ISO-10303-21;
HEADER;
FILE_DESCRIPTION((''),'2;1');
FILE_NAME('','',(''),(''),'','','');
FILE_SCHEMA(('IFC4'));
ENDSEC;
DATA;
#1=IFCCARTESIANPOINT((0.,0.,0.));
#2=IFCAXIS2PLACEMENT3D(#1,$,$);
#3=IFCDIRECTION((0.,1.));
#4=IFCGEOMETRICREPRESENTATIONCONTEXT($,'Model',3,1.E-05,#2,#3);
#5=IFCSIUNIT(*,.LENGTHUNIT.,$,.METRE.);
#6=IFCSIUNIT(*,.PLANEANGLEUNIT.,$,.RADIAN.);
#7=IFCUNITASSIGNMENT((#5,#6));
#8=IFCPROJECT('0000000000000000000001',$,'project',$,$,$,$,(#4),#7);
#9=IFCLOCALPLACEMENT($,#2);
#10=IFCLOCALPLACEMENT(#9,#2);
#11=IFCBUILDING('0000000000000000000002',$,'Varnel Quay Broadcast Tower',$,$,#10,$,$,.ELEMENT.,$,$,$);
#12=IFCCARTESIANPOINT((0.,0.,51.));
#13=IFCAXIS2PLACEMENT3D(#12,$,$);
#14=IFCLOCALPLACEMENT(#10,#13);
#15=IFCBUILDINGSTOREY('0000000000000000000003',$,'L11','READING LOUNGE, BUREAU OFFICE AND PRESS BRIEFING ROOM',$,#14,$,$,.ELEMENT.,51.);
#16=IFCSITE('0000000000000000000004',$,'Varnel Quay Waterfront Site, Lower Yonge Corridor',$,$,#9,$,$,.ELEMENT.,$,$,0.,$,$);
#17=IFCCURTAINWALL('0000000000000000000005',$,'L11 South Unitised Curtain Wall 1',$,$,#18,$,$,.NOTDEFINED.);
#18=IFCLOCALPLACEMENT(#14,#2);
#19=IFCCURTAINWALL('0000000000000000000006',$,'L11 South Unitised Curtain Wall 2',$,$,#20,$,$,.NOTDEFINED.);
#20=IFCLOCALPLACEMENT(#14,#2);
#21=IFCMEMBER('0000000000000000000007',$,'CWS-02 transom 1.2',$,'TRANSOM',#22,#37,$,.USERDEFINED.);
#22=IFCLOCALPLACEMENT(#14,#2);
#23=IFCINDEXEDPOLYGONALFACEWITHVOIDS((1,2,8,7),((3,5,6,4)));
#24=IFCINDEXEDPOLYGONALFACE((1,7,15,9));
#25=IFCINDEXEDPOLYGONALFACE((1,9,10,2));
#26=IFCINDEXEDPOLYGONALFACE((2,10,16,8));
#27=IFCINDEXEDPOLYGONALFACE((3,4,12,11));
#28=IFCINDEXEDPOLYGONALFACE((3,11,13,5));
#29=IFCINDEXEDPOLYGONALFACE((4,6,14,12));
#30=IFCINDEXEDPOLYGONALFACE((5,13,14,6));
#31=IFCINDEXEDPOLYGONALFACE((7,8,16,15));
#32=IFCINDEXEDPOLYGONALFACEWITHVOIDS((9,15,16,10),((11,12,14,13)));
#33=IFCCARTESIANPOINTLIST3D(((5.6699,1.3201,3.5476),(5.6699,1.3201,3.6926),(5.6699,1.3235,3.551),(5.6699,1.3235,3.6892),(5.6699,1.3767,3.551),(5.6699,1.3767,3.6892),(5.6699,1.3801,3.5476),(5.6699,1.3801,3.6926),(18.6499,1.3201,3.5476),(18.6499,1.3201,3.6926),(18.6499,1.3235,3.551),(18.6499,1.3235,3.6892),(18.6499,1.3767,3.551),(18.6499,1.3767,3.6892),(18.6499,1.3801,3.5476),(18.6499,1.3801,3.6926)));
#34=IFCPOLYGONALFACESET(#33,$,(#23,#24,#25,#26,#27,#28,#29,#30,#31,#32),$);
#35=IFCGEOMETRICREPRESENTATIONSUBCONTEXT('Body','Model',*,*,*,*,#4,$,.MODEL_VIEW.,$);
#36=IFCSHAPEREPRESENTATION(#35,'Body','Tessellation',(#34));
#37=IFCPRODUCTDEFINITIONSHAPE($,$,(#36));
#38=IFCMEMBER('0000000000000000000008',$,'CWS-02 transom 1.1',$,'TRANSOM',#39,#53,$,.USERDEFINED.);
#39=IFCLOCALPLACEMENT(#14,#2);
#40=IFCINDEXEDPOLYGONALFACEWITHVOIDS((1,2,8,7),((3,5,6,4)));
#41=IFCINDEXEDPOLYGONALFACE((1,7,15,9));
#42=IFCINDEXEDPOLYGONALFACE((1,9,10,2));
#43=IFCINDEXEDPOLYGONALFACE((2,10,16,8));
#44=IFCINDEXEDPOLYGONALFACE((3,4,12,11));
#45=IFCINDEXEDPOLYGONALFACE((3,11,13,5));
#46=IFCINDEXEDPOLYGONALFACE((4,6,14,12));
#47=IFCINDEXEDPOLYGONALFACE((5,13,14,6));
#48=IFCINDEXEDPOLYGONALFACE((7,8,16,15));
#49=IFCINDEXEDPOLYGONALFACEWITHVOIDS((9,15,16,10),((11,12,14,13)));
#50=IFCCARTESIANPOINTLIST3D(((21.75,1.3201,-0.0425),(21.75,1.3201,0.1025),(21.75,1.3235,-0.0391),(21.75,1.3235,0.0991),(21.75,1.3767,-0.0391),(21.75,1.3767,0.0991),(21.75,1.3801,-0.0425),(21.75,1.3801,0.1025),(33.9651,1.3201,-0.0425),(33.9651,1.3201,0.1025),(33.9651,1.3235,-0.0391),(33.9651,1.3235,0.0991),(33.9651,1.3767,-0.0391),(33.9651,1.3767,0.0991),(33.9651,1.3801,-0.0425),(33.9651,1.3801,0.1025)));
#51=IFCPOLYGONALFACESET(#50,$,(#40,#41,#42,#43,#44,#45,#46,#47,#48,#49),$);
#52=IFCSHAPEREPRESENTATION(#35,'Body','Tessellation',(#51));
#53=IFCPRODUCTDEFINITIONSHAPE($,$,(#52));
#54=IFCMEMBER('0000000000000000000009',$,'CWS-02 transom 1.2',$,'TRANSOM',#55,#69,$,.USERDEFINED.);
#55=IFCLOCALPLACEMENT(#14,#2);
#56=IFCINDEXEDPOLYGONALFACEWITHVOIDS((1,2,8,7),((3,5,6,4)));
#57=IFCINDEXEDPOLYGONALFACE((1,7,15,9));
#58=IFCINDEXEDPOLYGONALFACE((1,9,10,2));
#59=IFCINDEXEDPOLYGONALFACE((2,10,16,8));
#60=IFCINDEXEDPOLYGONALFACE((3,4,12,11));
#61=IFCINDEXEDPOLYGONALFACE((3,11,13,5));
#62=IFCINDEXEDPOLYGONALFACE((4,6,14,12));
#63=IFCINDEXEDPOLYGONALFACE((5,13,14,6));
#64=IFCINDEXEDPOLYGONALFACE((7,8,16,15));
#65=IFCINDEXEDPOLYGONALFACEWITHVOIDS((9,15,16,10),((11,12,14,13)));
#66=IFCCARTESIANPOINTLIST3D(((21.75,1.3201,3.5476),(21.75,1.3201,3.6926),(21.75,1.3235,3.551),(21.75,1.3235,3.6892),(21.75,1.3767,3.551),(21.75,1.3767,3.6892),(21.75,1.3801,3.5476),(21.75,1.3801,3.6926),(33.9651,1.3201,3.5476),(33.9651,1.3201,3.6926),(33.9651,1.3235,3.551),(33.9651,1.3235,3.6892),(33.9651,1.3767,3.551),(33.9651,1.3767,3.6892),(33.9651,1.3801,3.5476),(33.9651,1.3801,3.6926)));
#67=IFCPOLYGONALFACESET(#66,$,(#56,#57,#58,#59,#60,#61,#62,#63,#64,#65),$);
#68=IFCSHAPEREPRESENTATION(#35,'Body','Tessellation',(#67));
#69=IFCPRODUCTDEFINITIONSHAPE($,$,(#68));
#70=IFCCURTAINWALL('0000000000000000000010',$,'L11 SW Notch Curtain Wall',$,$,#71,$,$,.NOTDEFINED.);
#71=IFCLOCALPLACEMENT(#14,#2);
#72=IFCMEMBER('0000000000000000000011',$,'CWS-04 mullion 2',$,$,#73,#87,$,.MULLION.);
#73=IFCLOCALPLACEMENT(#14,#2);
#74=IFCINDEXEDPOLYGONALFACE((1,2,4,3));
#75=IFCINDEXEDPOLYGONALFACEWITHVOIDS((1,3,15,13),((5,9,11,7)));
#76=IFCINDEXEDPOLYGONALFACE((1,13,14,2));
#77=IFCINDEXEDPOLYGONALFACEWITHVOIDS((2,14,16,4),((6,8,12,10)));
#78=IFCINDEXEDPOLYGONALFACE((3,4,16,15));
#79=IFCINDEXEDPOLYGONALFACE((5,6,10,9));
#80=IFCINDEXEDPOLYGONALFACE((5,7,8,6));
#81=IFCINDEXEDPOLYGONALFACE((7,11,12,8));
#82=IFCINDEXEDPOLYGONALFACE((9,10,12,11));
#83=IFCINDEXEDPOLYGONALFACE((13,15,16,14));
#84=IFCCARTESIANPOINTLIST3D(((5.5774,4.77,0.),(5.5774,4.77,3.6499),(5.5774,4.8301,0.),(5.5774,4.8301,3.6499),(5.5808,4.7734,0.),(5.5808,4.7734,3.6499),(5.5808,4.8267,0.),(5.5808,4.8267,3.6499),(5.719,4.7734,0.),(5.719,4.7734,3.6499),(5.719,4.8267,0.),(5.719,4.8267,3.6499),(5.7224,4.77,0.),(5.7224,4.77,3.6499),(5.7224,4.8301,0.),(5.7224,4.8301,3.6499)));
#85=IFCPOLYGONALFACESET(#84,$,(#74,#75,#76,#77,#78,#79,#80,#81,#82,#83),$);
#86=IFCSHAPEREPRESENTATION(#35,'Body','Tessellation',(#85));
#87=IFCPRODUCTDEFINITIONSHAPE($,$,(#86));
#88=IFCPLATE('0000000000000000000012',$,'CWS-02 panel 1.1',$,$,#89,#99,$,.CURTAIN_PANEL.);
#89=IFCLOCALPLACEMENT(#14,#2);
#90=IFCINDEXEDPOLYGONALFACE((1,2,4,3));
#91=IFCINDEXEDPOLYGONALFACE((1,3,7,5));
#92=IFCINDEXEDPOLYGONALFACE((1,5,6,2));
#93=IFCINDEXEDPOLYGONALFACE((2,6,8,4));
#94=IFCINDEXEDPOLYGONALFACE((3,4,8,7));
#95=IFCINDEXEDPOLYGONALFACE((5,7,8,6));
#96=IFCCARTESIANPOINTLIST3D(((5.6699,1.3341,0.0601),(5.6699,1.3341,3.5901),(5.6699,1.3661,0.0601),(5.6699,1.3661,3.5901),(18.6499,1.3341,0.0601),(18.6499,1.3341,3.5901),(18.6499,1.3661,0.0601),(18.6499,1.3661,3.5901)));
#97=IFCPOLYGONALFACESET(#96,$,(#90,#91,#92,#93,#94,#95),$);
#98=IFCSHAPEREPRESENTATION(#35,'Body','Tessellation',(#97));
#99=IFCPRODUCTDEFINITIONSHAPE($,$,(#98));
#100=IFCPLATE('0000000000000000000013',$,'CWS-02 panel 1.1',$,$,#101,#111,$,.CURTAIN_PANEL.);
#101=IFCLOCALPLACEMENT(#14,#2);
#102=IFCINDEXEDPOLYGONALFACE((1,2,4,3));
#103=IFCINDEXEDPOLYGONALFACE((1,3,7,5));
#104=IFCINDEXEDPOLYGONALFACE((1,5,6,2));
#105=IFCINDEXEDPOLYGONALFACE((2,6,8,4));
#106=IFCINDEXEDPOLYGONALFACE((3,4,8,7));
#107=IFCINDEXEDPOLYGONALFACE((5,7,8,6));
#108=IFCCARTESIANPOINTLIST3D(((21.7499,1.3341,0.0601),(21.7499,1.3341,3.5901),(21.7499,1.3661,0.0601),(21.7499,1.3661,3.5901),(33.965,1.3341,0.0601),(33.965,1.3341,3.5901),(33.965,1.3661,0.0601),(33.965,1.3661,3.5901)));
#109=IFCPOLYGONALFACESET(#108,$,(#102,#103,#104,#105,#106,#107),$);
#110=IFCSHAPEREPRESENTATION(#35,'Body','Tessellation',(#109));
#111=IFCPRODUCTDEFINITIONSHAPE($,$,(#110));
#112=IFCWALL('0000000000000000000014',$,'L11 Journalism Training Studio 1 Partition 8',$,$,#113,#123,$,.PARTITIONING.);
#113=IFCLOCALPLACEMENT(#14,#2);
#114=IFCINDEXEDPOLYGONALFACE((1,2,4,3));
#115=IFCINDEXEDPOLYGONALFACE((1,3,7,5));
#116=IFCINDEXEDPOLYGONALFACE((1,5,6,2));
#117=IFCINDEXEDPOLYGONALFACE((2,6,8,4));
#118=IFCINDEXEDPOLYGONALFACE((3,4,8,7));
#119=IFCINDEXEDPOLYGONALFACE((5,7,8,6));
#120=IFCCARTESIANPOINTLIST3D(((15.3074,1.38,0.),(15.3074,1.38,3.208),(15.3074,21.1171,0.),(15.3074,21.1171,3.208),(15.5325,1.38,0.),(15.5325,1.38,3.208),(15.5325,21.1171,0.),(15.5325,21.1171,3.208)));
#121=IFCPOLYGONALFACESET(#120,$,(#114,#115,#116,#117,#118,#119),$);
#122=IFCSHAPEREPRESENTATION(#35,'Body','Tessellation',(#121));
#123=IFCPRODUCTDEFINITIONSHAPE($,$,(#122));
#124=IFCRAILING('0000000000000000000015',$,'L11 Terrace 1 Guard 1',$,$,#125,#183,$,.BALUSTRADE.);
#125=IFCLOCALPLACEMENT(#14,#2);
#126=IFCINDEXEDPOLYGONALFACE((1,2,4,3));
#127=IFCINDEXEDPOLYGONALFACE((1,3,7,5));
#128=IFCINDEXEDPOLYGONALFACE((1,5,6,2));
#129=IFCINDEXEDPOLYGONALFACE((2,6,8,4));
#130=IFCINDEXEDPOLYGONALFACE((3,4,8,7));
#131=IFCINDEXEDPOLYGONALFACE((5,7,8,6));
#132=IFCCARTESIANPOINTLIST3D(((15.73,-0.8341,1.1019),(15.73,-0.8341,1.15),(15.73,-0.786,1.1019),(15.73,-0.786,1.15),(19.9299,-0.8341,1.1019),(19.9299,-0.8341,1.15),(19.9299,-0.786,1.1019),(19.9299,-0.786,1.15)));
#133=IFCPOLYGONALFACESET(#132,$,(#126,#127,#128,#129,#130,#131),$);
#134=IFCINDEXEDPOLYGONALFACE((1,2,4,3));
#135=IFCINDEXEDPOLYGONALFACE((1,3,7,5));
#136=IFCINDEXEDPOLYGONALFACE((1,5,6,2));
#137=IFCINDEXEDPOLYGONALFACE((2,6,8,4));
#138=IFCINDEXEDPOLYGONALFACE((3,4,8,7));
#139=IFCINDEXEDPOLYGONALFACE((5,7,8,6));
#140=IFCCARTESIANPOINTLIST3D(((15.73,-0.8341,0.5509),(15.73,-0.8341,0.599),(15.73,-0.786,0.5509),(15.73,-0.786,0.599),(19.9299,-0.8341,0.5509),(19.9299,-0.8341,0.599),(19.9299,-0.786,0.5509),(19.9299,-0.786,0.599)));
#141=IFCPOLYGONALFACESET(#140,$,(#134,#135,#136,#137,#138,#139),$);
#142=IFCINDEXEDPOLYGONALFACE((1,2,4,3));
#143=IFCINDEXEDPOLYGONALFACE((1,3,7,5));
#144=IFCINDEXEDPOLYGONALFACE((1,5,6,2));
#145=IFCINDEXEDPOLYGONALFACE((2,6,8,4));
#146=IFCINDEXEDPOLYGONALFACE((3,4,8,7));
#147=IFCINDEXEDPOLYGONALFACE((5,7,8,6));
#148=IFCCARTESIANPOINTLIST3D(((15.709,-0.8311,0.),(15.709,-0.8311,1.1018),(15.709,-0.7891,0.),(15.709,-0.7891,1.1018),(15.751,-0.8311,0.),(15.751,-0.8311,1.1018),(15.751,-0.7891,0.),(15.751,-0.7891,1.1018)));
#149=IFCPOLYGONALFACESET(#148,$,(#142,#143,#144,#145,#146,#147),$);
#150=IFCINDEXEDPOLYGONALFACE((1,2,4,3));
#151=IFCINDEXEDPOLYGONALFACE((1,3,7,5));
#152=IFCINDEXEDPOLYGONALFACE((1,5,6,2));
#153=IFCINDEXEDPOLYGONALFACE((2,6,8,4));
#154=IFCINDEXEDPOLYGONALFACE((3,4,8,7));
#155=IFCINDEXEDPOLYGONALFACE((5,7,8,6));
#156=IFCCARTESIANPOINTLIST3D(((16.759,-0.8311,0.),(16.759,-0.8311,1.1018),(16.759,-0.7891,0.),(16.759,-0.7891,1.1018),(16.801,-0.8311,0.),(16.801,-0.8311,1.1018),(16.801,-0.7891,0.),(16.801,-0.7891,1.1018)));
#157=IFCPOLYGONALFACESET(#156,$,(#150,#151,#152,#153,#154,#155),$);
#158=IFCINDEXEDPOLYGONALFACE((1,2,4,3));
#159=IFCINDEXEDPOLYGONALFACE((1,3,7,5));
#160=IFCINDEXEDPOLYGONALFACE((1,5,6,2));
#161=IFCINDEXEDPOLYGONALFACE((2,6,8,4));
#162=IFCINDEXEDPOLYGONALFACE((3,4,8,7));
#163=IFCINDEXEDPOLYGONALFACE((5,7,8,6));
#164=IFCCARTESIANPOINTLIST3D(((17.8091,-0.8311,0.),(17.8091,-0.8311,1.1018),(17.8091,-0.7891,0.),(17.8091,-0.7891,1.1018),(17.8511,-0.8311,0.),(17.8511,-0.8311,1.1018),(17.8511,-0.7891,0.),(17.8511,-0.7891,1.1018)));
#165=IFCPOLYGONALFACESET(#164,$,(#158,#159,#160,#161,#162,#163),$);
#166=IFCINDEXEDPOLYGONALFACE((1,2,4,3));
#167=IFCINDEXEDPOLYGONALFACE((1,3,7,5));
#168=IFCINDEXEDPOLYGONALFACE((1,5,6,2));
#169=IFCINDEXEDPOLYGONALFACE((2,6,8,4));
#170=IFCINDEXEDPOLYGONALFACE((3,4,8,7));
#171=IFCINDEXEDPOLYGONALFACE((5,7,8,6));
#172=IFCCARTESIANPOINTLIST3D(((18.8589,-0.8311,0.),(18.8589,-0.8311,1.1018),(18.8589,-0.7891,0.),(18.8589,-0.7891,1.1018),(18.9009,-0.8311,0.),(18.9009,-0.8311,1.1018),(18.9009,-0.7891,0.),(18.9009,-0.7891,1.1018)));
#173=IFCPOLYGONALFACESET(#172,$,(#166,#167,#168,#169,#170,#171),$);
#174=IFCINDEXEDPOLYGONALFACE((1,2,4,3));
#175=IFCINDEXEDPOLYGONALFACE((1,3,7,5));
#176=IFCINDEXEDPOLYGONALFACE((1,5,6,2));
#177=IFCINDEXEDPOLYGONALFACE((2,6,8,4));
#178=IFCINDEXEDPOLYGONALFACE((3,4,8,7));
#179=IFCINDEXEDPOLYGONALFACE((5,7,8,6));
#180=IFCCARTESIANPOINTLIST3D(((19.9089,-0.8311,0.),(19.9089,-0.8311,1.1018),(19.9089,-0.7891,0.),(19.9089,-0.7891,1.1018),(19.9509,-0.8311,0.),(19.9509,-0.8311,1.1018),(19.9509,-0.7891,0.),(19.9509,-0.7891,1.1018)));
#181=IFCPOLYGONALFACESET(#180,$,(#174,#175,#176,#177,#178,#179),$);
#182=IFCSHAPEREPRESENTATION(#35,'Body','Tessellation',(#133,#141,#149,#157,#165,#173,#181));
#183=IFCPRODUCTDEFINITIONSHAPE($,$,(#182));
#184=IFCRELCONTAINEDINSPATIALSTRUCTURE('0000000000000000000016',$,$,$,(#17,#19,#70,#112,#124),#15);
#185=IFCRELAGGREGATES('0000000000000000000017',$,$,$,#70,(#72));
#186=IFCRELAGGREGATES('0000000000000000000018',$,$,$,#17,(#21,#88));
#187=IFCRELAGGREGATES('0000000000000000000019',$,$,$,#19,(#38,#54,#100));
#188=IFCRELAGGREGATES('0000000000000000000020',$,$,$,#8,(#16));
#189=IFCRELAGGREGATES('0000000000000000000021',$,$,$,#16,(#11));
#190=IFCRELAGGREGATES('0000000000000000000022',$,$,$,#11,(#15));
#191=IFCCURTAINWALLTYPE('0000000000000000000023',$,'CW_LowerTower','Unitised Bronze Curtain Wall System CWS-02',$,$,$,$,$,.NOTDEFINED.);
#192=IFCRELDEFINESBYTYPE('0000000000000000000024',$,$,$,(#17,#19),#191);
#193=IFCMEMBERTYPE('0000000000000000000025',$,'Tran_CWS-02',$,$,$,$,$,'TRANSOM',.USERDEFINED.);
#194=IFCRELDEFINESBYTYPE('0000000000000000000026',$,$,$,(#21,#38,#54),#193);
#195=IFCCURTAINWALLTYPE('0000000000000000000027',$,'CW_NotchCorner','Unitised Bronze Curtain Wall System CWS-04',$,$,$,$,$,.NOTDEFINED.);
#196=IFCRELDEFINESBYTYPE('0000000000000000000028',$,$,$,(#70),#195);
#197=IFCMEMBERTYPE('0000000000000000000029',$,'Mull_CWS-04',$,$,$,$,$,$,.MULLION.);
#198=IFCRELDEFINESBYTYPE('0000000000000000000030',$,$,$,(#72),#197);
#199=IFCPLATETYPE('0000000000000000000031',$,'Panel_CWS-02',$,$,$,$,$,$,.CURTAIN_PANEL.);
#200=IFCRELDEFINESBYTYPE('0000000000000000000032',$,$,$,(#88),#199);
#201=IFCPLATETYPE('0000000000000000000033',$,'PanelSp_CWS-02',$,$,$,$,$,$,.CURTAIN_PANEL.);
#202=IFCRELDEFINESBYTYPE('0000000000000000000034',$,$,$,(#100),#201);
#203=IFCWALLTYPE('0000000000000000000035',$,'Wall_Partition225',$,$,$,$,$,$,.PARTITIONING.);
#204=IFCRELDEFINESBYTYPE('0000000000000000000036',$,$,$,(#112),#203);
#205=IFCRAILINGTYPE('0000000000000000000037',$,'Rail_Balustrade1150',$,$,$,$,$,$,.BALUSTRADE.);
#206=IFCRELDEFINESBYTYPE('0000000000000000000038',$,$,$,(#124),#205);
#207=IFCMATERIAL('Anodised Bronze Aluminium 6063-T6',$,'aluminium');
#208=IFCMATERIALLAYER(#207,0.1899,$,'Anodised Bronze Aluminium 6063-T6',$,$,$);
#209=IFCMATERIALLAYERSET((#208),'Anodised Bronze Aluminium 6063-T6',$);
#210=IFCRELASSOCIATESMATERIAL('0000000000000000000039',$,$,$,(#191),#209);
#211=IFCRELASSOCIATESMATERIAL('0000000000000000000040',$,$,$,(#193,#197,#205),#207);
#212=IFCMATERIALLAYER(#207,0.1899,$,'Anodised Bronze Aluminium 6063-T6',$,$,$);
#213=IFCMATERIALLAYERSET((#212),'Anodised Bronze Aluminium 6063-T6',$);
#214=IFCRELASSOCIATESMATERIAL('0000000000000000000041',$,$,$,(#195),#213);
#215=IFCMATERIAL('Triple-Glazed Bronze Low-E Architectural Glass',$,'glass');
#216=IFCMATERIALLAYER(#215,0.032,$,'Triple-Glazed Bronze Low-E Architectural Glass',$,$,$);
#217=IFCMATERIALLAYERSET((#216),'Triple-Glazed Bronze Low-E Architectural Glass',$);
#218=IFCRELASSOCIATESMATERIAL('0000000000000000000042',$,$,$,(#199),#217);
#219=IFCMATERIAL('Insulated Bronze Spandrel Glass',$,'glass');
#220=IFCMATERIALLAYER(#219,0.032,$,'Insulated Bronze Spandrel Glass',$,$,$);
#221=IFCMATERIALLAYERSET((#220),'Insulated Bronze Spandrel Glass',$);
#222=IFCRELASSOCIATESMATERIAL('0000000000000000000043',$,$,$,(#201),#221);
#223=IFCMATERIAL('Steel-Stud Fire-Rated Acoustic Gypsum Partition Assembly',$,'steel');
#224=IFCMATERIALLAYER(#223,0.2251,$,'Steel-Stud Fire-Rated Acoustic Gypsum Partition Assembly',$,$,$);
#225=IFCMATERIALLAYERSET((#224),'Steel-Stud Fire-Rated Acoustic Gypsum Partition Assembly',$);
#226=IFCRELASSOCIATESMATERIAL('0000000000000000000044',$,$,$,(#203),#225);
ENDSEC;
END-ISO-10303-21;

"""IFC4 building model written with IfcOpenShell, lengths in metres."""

from ifc_helpers import new_model, si_unit, direction, frame, frame_2d, origin, origin_2d, place, context, subcontext, project, spatial, rectangle, hollow_rectangle, extrude, source, transform, mapped, material, layer, layer_set, material_profile, profile_set, type_object, type_shapes, element, aggregate, save


model = new_model("IFC4")

# Units and contexts
model_context = context("Model", 3, precision=1e-05, world=origin(), true_north=direction((0.0, 1.0)))
body_context = subcontext(model_context, "Body", "Model", "MODEL_VIEW")
ifc_project = project(units=[si_unit("LENGTHUNIT", "METRE"), si_unit("PLANEANGLEUNIT", "RADIAN")], contexts=[model_context])

# Site, building, storey
site_placement = place(None, origin())
site = spatial("IfcSite", under=ifc_project, at=site_placement, Name="Varnel Quay Waterfront Site, Lower Yonge Corridor", CompositionType="ELEMENT", RefElevation=0.0)
building_placement = place(site_placement, origin())
building = spatial("IfcBuilding", under=site, at=building_placement, Name="Varnel Quay Broadcast Tower", CompositionType="ELEMENT")
storey_placement = place(building_placement, frame((0.0, 0.0, 51.0)))
storey = spatial("IfcBuildingStorey", under=building, at=storey_placement, Name="L11", Description="READING LOUNGE, BUREAU OFFICE AND PRESS BRIEFING ROOM", CompositionType="ELEMENT", Elevation=51.0)

# Curtain wall
ifc_material_1 = material(Name="Anodised Bronze Aluminium 6063-T6", Category="aluminium")
ifc_layer_1 = layer(ifc_material_1, 0.1899, Name="Anodised Bronze Aluminium 6063-T6")
ifc_layer_set_1 = layer_set([ifc_layer_1], Name="Anodised Bronze Aluminium 6063-T6")
curtain_wall_type_1 = type_object("IfcCurtainWallType", Name="CW_LowerTower", Description="Unitised Bronze Curtain Wall System CWS-02", PredefinedType="NOTDEFINED", material=ifc_layer_set_1)
curtain_wall_1_placement = place(storey_placement, origin())
curtain_wall_1 = element("IfcCurtainWall", 1, at=curtain_wall_1_placement, inside=storey, type_object=curtain_wall_type_1, Name="L11 South Unitised Curtain Wall 1", PredefinedType="NOTDEFINED")

# Curtain wall
curtain_wall_2_placement = place(storey_placement, origin())
curtain_wall_2 = element("IfcCurtainWall", 2, at=curtain_wall_2_placement, inside=storey, type_object=curtain_wall_type_1, Name="L11 South Unitised Curtain Wall 2", PredefinedType="NOTDEFINED")

# Members
ifc_material_profile_1 = material_profile(ifc_material_1, hollow_rectangle(XDim=0.0601, YDim=0.145, WallThickness=0.0034, at=origin_2d()), Name="ALU60X145X3.5")
ifc_profile_set_1 = profile_set([ifc_material_profile_1], Name="Anodised Bronze Aluminium 6063-T6")
member_type_1 = type_object("IfcMemberType", Name="Tran_CWS-02", ElementType="TRANSOM", PredefinedType="USERDEFINED", material=ifc_profile_set_1)
shared_shape_1 = source(origin(), body_context, "Body", "SweptSolid", [
    extrude(hollow_rectangle(XDim=0.0601, YDim=0.145, WallThickness=0.0034, at=origin_2d()), origin(), (0.0, 0.0, 1.0), 12.98),
])
member_1_placement = place(storey_placement, frame((5.6699, 1.3501, 3.6201), z_axis=(1.0, 0.0, 0.0), x_axis=(0.0, 1.0, 0.0)))
member_1 = element("IfcMember", 3, at=member_1_placement, type_object=member_type_1, Name="CWS-02 transom 1.2", ObjectType="TRANSOM", PredefinedType="USERDEFINED", context=body_context, shape_type="MappedRepresentation", body=[
    mapped(shared_shape_1, transform((0.0, 0.0, 0.0), x_axis=(1.0, 0.0, 0.0), y_axis=(0.0, 1.0, 0.0), z_axis=(0.0, 0.0, 1.0), scale=1.0)),
])
shared_shape_2 = source(origin(), body_context, "Body", "SweptSolid", [
    extrude(hollow_rectangle(XDim=0.0601, YDim=0.145, WallThickness=0.0034, at=origin_2d()), origin(), (0.0, 0.0, 1.0), 12.2151),
])
type_shapes(member_type_1, [shared_shape_1, shared_shape_2])
member_2_placement = place(storey_placement, frame((21.75, 1.3501, 0.03), z_axis=(1.0, 0.0, 0.0), x_axis=(0.0, 1.0, 0.0)))
member_2 = element("IfcMember", 4, at=member_2_placement, type_object=member_type_1, Name="CWS-02 transom 1.1", ObjectType="TRANSOM", PredefinedType="USERDEFINED", context=body_context, shape_type="MappedRepresentation", body=[
    mapped(shared_shape_2, transform((0.0, 0.0, 0.0), x_axis=(1.0, 0.0, 0.0), y_axis=(0.0, 1.0, 0.0), z_axis=(0.0, 0.0, 1.0), scale=1.0)),
])
member_3_placement = place(storey_placement, frame((21.75, 1.3501, 3.6201), z_axis=(1.0, 0.0, 0.0), x_axis=(0.0, 1.0, 0.0)))
member_3 = element("IfcMember", 5, at=member_3_placement, type_object=member_type_1, Name="CWS-02 transom 1.2", ObjectType="TRANSOM", PredefinedType="USERDEFINED", context=body_context, shape_type="MappedRepresentation", body=[
    mapped(shared_shape_2, transform((0.0, 0.0, 0.0), x_axis=(1.0, 0.0, 0.0), y_axis=(0.0, 1.0, 0.0), z_axis=(0.0, 0.0, 1.0), scale=1.0)),
])

# Curtain wall, member
ifc_layer_2 = layer(ifc_material_1, 0.1899, Name="Anodised Bronze Aluminium 6063-T6")
ifc_layer_set_2 = layer_set([ifc_layer_2], Name="Anodised Bronze Aluminium 6063-T6")
curtain_wall_type_2 = type_object("IfcCurtainWallType", Name="CW_NotchCorner", Description="Unitised Bronze Curtain Wall System CWS-04", PredefinedType="NOTDEFINED", material=ifc_layer_set_2)
curtain_wall_3_placement = place(storey_placement, origin())
curtain_wall_3 = element("IfcCurtainWall", 6, at=curtain_wall_3_placement, inside=storey, type_object=curtain_wall_type_2, Name="L11 SW Notch Curtain Wall", PredefinedType="NOTDEFINED")
ifc_material_profile_2 = material_profile(ifc_material_1, hollow_rectangle(XDim=0.0601, YDim=0.145, WallThickness=0.0034, at=origin_2d()), Name="ALU60X145X3.5")
ifc_profile_set_2 = profile_set([ifc_material_profile_2], Name="Anodised Bronze Aluminium 6063-T6")
member_type_2 = type_object("IfcMemberType", Name="Mull_CWS-04", PredefinedType="MULLION", material=ifc_profile_set_2)
shared_shape_3 = source(origin(), body_context, "Body", "SweptSolid", [
    extrude(hollow_rectangle(XDim=0.0601, YDim=0.145, WallThickness=0.0034, at=origin_2d()), origin(), (0.0, 0.0, 1.0), 3.6499),
])
type_shapes(member_type_2, [shared_shape_3])
member_4_placement = place(storey_placement, frame((5.6499, 4.8, 0.0), z_axis=(0.0, 0.0, 1.0), x_axis=(0.0, 1.0, 0.0)))
member_4 = element("IfcMember", 7, at=member_4_placement, type_object=member_type_2, Name="CWS-04 mullion 2", PredefinedType="MULLION", context=body_context, shape_type="MappedRepresentation", body=[
    mapped(shared_shape_3, transform((0.0, 0.0, 0.0), x_axis=(1.0, 0.0, 0.0), y_axis=(0.0, 1.0, 0.0), z_axis=(0.0, 0.0, 1.0), scale=1.0)),
])
aggregate(curtain_wall_3, [member_4])

# Plates
ifc_material_2 = material(Name="Triple-Glazed Bronze Low-E Architectural Glass", Category="glass")
ifc_layer_3 = layer(ifc_material_2, 0.032, Name="Triple-Glazed Bronze Low-E Architectural Glass")
ifc_layer_set_3 = layer_set([ifc_layer_3], Name="Triple-Glazed Bronze Low-E Architectural Glass")
plate_type_1 = type_object("IfcPlateType", Name="Panel_CWS-02", PredefinedType="CURTAIN_PANEL", material=ifc_layer_set_3)
shared_shape_4 = source(origin(), body_context, "Body", "SweptSolid", [
    extrude(rectangle(XDim=12.98, YDim=0.032, at=origin_2d()), origin(), (0.0, 0.0, 1.0), 3.53),
])
type_shapes(plate_type_1, [shared_shape_4])
plate_1_placement = place(storey_placement, frame((12.1599, 1.3501, 0.0601), z_axis=(0.0, 0.0, 1.0), x_axis=(1.0, 0.0, 0.0)))
plate_1 = element("IfcPlate", 8, at=plate_1_placement, type_object=plate_type_1, Name="CWS-02 panel 1.1", PredefinedType="CURTAIN_PANEL", context=body_context, shape_type="MappedRepresentation", body=[
    mapped(shared_shape_4, transform((0.0, 0.0, 0.0), x_axis=(1.0, 0.0, 0.0), y_axis=(0.0, 1.0, 0.0), z_axis=(0.0, 0.0, 1.0), scale=1.0)),
])
aggregate(curtain_wall_1, [member_1, plate_1])
ifc_material_3 = material(Name="Insulated Bronze Spandrel Glass", Category="glass")
ifc_layer_4 = layer(ifc_material_3, 0.032, Name="Insulated Bronze Spandrel Glass")
ifc_layer_set_4 = layer_set([ifc_layer_4], Name="Insulated Bronze Spandrel Glass")
plate_type_2 = type_object("IfcPlateType", Name="PanelSp_CWS-02", PredefinedType="CURTAIN_PANEL", material=ifc_layer_set_4)
shared_shape_5 = source(origin(), body_context, "Body", "SweptSolid", [
    extrude(rectangle(XDim=12.2151, YDim=0.032, at=origin_2d()), origin(), (0.0, 0.0, 1.0), 3.53),
])
type_shapes(plate_type_2, [shared_shape_5])
plate_2_placement = place(storey_placement, frame((27.8574, 1.3501, 0.0601), z_axis=(0.0, 0.0, 1.0), x_axis=(1.0, 0.0, 0.0)))
plate_2 = element("IfcPlate", 9, at=plate_2_placement, type_object=plate_type_2, Name="CWS-02 panel 1.1", PredefinedType="CURTAIN_PANEL", context=body_context, shape_type="MappedRepresentation", body=[
    mapped(shared_shape_5, transform((0.0, 0.0, 0.0), x_axis=(1.0, 0.0, 0.0), y_axis=(0.0, 1.0, 0.0), z_axis=(0.0, 0.0, 1.0), scale=1.0)),
])
aggregate(curtain_wall_2, [member_2, member_3, plate_2])

# Wall
ifc_material_4 = material(Name="Steel-Stud Fire-Rated Acoustic Gypsum Partition Assembly", Category="steel")
ifc_layer_5 = layer(ifc_material_4, 0.2251, Name="Steel-Stud Fire-Rated Acoustic Gypsum Partition Assembly")
ifc_layer_set_5 = layer_set([ifc_layer_5], Name="Steel-Stud Fire-Rated Acoustic Gypsum Partition Assembly")
wall_type_1 = type_object("IfcWallType", Name="Wall_Partition225", PredefinedType="PARTITIONING", material=ifc_layer_set_5)
wall_1_placement = place(storey_placement, frame((15.4199, 1.3799, 0.0), z_axis=(0.0, 0.0, 1.0), x_axis=(0.0, 1.0, 0.0)))
element("IfcWall", 10, at=wall_1_placement, inside=storey, type_object=wall_type_1, Name="L11 Journalism Training Studio 1 Partition 8", PredefinedType="PARTITIONING", context=body_context, shape_type="SweptSolid", body=[
    extrude(rectangle(XDim=19.7371, YDim=0.2251, at=frame_2d((9.8687, 0.0))), origin(), (0.0, 0.0, 1.0), 3.208),
])

# Railing
railing_type = type_object("IfcRailingType", Name="Rail_Balustrade1150", PredefinedType="BALUSTRADE", material=ifc_material_1)
railing_1_placement = place(storey_placement, frame((15.73, -0.8101, 0.0)))
element("IfcRailing", 11, at=railing_1_placement, inside=storey, type_object=railing_type, Name="L11 Terrace 1 Guard 1", PredefinedType="BALUSTRADE", context=body_context, shape_type="SweptSolid", body=[
    extrude(rectangle(XDim=0.0481, YDim=0.0481, at=origin_2d()), frame((0.0, 0.0, 1.126), z_axis=(1.0, 0.0, 0.0), x_axis=(0.0, 1.0, 0.0)), (0.0, 0.0, 1.0), 4.2),
    extrude(rectangle(XDim=0.0481, YDim=0.0481, at=origin_2d()), frame((0.0, 0.0, 0.575), z_axis=(1.0, 0.0, 0.0), x_axis=(0.0, 1.0, 0.0)), (0.0, 0.0, 1.0), 4.2),
    extrude(rectangle(XDim=0.042, YDim=0.042, at=origin_2d()), origin(), (0.0, 0.0, 1.0), 1.1018),
    extrude(rectangle(XDim=0.042, YDim=0.042, at=origin_2d()), frame((1.05, 0.0, 0.0)), (0.0, 0.0, 1.0), 1.1018),
    extrude(rectangle(XDim=0.042, YDim=0.042, at=origin_2d()), frame((2.1001, 0.0, 0.0)), (0.0, 0.0, 1.0), 1.1018),
    extrude(rectangle(XDim=0.042, YDim=0.042, at=origin_2d()), frame((3.1499, 0.0, 0.0)), (0.0, 0.0, 1.0), 1.1018),
    extrude(rectangle(XDim=0.042, YDim=0.042, at=origin_2d()), frame((4.2, 0.0, 0.0)), (0.0, 0.0, 1.0), 1.1018),
])

save(model, "model.ifc")
